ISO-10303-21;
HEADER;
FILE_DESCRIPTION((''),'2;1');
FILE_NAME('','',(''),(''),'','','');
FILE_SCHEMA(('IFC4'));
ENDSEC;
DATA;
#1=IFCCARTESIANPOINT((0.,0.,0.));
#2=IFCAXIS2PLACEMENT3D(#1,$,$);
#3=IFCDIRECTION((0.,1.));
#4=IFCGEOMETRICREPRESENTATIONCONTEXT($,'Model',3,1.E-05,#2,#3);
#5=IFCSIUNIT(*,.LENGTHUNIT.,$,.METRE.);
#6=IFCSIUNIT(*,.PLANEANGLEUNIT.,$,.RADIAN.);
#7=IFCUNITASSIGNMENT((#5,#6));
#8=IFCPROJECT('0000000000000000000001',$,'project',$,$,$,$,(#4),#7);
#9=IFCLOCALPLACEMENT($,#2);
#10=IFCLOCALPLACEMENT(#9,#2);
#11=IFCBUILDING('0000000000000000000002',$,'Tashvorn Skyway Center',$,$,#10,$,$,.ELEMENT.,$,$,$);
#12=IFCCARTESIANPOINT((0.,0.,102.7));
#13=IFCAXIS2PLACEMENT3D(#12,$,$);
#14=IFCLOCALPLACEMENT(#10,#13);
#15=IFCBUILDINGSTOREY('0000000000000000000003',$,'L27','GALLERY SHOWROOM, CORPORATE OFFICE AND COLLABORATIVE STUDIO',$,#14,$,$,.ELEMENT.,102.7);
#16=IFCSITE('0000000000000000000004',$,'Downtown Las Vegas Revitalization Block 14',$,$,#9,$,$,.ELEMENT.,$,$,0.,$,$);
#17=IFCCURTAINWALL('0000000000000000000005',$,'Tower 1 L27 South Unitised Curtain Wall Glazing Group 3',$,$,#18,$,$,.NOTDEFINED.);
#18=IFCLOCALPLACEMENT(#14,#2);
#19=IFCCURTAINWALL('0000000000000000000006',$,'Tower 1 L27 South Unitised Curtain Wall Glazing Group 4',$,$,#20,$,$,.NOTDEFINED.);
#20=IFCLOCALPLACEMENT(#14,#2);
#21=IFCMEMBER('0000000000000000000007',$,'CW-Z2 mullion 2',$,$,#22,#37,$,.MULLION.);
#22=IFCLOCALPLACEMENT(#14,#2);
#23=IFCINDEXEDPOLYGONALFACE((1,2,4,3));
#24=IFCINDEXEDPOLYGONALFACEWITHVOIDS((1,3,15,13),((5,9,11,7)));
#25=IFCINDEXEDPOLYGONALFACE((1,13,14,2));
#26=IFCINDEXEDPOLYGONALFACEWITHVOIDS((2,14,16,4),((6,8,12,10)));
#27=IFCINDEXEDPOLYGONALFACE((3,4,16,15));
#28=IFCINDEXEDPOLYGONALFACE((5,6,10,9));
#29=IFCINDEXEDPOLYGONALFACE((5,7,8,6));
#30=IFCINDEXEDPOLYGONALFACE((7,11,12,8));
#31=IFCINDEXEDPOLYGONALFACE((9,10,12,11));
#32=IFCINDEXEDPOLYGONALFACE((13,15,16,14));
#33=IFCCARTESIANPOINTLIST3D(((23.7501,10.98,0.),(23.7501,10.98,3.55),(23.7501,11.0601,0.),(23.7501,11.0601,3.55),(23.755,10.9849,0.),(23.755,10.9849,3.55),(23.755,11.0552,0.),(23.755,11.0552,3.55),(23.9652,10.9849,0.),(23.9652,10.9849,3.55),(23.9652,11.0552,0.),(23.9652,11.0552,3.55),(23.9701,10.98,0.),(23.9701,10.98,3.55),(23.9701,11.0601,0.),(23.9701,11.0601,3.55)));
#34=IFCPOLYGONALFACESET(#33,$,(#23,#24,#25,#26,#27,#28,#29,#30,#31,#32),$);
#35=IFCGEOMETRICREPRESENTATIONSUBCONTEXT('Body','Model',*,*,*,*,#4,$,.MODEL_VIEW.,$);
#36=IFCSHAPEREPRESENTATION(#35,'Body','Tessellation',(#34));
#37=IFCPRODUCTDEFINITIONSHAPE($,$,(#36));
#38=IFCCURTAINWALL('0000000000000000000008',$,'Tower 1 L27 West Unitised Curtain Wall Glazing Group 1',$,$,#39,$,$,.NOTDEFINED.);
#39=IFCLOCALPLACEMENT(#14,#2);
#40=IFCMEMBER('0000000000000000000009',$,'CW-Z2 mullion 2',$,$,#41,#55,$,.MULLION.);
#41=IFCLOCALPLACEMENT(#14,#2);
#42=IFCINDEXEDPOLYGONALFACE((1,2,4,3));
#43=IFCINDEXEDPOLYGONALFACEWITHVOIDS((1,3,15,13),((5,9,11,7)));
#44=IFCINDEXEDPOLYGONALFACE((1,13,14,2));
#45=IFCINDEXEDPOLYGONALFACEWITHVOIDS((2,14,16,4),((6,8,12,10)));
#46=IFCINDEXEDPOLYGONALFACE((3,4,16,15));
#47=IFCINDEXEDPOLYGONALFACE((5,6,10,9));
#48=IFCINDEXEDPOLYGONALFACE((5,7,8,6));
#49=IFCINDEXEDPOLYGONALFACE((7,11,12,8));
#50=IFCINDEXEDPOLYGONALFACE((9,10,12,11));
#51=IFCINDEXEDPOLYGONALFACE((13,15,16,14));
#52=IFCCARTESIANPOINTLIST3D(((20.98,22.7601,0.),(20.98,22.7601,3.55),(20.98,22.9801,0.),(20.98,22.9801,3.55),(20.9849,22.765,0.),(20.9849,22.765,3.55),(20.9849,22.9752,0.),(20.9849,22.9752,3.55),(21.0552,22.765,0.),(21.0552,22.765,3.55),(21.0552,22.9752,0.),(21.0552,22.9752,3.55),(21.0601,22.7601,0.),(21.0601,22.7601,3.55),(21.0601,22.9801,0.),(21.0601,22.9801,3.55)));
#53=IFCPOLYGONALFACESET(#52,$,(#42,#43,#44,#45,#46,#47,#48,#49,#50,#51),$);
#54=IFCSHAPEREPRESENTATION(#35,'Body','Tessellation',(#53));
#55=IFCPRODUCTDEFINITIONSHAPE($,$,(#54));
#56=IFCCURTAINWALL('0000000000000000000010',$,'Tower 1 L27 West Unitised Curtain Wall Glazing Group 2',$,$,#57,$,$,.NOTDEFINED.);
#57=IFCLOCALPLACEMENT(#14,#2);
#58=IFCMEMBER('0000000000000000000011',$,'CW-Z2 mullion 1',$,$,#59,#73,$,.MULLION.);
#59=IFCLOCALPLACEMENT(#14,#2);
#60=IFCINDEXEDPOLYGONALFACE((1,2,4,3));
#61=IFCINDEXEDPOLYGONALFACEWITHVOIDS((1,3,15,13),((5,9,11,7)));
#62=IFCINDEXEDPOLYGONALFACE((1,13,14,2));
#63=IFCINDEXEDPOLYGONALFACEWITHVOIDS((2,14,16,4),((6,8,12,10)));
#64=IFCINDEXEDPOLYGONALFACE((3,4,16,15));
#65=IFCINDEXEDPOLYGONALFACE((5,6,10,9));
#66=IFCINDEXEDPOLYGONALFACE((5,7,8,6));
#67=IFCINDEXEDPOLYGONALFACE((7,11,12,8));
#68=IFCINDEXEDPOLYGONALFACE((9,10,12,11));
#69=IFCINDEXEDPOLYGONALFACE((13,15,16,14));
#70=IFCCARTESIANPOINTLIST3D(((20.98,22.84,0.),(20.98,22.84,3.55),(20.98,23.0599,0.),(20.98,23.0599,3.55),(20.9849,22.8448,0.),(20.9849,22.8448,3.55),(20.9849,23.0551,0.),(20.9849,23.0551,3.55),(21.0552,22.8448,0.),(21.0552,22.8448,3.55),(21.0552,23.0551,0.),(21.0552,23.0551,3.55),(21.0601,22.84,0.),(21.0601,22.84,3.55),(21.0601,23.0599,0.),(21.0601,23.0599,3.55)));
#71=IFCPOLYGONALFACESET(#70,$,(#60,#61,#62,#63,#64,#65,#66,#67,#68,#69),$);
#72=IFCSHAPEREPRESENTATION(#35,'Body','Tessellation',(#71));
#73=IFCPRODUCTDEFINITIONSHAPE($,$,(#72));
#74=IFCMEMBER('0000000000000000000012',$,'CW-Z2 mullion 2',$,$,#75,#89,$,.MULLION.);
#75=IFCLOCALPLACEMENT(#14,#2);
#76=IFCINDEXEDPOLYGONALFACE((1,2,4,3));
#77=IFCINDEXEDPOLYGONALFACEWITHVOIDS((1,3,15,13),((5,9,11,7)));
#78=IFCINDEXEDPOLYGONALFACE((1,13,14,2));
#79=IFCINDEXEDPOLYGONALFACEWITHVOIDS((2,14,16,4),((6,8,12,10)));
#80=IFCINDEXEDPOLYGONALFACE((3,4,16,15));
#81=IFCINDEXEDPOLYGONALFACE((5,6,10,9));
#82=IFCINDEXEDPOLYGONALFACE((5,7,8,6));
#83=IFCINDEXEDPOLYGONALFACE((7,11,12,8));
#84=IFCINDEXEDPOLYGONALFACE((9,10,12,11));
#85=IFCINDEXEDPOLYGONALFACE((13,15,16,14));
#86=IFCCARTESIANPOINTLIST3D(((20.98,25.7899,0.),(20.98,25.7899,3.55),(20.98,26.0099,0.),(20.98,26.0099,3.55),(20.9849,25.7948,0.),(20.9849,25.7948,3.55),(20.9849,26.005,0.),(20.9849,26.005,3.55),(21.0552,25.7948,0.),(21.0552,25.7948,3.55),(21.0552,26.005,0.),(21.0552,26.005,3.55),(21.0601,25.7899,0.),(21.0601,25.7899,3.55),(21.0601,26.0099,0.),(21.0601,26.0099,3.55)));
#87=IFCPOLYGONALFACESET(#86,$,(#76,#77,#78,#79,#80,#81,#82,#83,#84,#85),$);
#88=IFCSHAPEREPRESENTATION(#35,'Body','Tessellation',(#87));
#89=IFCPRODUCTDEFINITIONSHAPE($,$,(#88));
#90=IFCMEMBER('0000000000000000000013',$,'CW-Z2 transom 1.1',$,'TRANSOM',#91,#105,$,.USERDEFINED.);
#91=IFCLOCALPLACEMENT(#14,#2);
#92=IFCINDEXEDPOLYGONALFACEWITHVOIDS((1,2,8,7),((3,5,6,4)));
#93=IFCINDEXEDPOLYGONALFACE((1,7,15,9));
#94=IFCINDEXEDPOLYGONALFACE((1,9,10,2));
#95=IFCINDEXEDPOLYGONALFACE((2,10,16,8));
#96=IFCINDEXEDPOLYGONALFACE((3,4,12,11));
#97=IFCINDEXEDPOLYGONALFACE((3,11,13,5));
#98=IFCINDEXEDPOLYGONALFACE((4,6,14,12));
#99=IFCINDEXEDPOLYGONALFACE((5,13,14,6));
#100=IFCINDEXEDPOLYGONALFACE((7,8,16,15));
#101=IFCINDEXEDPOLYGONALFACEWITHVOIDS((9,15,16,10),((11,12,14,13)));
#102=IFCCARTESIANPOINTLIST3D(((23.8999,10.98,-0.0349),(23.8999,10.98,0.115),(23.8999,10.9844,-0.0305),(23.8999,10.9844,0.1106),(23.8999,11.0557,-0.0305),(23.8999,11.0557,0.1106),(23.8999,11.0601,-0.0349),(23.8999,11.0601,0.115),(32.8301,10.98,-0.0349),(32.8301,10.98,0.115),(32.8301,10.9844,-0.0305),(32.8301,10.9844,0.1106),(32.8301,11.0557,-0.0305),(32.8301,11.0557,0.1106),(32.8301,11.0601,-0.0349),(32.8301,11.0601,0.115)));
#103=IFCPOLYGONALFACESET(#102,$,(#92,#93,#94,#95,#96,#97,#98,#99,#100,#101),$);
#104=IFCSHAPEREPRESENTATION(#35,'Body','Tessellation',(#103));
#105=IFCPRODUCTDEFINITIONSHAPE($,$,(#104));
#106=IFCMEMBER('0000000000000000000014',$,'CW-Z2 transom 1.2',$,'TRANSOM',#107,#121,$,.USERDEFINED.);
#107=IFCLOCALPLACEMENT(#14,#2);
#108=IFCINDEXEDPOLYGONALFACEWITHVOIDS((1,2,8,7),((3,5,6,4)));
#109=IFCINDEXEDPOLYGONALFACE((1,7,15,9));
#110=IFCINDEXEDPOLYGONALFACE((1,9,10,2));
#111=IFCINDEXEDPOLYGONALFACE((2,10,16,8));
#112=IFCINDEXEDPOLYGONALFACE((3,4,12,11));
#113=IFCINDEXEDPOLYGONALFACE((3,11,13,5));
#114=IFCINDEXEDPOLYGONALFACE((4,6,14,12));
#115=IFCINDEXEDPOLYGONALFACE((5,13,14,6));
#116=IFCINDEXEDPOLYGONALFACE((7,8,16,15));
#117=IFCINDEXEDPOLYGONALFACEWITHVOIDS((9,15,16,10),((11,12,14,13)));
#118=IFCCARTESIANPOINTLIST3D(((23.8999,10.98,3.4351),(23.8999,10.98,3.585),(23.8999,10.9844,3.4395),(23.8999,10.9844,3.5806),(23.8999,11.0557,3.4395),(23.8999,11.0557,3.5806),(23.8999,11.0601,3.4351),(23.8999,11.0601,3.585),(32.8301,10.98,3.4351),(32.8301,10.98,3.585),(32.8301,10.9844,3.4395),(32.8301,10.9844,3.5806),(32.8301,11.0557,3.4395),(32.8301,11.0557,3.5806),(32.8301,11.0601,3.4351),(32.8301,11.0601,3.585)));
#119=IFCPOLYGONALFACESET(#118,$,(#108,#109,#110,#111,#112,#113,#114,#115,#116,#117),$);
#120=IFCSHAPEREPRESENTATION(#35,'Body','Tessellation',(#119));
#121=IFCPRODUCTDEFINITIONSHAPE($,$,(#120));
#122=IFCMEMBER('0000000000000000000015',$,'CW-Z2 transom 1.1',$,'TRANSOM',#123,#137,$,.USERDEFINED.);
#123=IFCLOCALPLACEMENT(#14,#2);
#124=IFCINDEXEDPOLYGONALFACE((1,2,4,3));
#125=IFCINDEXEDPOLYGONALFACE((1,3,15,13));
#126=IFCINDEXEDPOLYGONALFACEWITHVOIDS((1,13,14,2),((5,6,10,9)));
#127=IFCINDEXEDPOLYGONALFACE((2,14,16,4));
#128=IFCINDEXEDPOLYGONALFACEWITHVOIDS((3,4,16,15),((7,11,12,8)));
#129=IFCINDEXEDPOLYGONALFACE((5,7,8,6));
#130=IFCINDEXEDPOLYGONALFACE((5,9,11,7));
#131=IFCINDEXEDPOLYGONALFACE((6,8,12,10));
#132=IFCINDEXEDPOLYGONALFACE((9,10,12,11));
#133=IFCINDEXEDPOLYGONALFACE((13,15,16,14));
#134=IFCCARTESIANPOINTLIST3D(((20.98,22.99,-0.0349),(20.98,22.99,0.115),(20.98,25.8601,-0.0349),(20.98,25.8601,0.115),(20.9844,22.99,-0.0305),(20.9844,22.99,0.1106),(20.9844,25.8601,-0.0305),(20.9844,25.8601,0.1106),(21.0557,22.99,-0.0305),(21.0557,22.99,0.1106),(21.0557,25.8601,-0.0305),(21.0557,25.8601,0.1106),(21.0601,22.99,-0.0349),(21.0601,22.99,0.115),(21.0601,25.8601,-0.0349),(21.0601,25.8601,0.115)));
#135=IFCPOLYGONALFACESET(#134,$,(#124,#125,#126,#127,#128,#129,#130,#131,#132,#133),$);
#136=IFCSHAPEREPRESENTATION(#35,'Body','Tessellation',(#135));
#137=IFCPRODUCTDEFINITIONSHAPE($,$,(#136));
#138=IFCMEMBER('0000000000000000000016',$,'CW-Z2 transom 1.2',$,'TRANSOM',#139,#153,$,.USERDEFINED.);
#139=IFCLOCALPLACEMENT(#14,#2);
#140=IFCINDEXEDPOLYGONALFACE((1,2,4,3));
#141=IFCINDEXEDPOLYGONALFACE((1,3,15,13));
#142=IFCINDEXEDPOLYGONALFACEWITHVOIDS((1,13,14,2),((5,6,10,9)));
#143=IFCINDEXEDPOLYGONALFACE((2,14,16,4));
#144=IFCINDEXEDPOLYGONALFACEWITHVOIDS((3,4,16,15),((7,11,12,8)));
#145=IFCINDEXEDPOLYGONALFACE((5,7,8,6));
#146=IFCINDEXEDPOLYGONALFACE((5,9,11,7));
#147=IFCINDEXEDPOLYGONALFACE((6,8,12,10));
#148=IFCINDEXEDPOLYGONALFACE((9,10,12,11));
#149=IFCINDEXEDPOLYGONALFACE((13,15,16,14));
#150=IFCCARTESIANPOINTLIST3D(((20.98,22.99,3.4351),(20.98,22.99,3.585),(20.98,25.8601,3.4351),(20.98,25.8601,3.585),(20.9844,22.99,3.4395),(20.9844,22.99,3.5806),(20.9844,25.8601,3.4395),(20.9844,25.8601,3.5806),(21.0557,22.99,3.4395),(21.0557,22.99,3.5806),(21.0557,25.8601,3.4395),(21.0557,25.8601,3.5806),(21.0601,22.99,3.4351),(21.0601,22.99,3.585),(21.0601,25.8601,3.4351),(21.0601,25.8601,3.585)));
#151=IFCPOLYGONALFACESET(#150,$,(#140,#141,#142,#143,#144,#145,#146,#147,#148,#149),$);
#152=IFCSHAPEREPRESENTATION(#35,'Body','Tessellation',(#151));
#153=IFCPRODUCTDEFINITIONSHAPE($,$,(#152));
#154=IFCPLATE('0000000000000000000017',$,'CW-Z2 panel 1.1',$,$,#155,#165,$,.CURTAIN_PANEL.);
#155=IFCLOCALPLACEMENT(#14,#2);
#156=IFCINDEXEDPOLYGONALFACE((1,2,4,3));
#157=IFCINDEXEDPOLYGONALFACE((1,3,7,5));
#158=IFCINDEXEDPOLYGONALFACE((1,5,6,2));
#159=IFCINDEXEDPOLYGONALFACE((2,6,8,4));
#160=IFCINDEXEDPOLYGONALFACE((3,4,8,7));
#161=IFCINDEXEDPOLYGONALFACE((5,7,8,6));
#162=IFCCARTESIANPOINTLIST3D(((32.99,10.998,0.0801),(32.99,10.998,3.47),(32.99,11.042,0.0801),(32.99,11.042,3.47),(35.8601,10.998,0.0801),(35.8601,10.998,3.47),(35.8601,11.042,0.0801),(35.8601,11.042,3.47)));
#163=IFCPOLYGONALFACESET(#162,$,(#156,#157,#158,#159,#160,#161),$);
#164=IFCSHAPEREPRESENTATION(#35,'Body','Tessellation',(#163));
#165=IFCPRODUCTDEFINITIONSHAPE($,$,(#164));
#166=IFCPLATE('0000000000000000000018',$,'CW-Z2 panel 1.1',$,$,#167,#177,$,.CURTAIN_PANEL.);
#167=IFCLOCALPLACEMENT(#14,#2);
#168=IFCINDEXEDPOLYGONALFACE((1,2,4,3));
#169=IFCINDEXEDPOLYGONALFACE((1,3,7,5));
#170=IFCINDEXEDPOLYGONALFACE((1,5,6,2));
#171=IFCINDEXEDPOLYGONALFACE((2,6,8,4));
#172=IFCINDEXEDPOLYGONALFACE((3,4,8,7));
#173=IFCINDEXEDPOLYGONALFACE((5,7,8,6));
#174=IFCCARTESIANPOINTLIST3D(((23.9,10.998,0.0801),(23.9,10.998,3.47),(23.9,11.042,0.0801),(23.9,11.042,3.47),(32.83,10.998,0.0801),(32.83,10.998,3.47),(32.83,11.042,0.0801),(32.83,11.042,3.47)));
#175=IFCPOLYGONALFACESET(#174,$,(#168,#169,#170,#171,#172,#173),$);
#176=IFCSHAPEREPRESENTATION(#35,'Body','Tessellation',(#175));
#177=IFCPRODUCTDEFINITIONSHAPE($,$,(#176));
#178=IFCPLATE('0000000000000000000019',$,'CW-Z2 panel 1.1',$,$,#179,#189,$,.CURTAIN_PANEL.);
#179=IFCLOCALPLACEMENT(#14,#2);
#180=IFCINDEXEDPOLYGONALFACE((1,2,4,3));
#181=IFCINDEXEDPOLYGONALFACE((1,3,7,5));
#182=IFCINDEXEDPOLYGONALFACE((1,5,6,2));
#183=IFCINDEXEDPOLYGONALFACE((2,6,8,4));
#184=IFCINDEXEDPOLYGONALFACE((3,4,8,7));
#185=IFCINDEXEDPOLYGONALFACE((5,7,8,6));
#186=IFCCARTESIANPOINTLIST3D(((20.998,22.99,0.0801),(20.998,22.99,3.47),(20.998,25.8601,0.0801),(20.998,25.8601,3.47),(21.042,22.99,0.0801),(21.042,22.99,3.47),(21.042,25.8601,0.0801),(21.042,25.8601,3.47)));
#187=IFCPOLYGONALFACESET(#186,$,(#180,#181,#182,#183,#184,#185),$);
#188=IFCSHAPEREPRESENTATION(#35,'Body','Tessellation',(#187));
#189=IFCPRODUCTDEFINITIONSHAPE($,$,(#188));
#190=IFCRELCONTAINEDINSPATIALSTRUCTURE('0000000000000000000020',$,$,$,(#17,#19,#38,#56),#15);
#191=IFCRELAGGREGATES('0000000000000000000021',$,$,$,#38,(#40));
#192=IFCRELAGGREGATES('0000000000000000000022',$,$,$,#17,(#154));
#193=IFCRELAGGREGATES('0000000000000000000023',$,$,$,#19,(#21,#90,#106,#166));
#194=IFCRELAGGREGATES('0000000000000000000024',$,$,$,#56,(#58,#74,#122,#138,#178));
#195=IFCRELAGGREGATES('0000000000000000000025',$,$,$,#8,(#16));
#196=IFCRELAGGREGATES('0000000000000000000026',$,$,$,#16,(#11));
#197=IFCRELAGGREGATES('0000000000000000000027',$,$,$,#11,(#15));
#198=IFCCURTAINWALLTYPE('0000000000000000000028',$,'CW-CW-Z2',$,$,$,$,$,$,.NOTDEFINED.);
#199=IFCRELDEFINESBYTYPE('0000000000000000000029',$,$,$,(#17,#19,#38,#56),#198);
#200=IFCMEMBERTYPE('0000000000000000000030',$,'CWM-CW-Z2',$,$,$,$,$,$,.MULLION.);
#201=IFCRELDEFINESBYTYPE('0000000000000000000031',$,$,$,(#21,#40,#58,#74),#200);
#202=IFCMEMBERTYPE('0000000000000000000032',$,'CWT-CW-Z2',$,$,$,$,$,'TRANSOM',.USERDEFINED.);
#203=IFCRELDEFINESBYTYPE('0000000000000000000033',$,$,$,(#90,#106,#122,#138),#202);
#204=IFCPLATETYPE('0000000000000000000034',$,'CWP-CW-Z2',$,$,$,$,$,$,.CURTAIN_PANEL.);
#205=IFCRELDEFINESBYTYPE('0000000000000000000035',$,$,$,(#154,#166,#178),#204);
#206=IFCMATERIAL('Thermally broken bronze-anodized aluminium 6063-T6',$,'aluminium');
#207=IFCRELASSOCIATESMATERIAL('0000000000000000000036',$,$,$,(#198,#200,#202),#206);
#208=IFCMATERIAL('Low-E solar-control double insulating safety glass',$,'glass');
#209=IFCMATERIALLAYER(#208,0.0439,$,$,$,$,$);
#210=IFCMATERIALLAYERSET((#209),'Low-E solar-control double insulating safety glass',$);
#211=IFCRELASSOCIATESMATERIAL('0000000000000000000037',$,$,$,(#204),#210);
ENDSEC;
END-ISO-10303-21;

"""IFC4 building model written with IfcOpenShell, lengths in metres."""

from ifc_helpers import new_model, si_unit, direction, frame, origin, origin_2d, place, context, subcontext, project, spatial, rectangle, hollow_rectangle, extrude, material, layer, layer_set, material_profile, profile_set, type_object, element, aggregate, save


model = new_model("IFC4")

# Units and contexts
model_context = context("Model", 3, precision=1e-05, world=origin(), true_north=direction((0.0, 1.0)))
body_context = subcontext(model_context, "Body", "Model", "MODEL_VIEW")
ifc_project = project(units=[si_unit("LENGTHUNIT", "METRE"), si_unit("PLANEANGLEUNIT", "RADIAN")], contexts=[model_context])

# Site, building, storey
site_placement = place(None, origin())
site = spatial("IfcSite", under=ifc_project, at=site_placement, Name="Downtown Las Vegas Revitalization Block 14", CompositionType="ELEMENT", RefElevation=0.0)
building_placement = place(site_placement, origin())
building = spatial("IfcBuilding", under=site, at=building_placement, Name="Tashvorn Skyway Center", CompositionType="ELEMENT")
storey_placement = place(building_placement, frame((0.0, 0.0, 102.7)))
storey = spatial("IfcBuildingStorey", under=building, at=storey_placement, Name="L27", Description="GALLERY SHOWROOM, CORPORATE OFFICE AND COLLABORATIVE STUDIO", CompositionType="ELEMENT", Elevation=102.7)

# Curtain wall
ifc_material_1 = material(Name="Thermally broken bronze-anodized aluminium 6063-T6", Category="aluminium")
curtain_wall_type = type_object("IfcCurtainWallType", Name="CW-CW-Z2", PredefinedType="NOTDEFINED", material=ifc_material_1)
curtain_wall_1_placement = place(storey_placement, origin())
curtain_wall_1 = element("IfcCurtainWall", 1, at=curtain_wall_1_placement, inside=storey, type_object=curtain_wall_type, Name="Tower 1 L27 South Unitised Curtain Wall Glazing Group 3", PredefinedType="NOTDEFINED")
ifc_material_profile_1 = material_profile(ifc_material_1, hollow_rectangle(XDim=0.0801, YDim=0.22, WallThickness=0.0049, at=origin_2d()), Name="ALU-MULL-80x220")
ifc_profile_set_1 = profile_set([ifc_material_profile_1], Name="Thermally broken bronze-anodized aluminium 6063-T6")
member_type_1 = type_object("IfcMemberType", Name="CWM-CW-Z2", PredefinedType="MULLION", material=ifc_profile_set_1)

# Curtain wall, member
curtain_wall_2_placement = place(storey_placement, origin())
curtain_wall_2 = element("IfcCurtainWall", 2, at=curtain_wall_2_placement, inside=storey, type_object=curtain_wall_type, Name="Tower 1 L27 South Unitised Curtain Wall Glazing Group 4", PredefinedType="NOTDEFINED")
member_1_placement = place(storey_placement, frame((23.8601, 11.02, 0.0), z_axis=(0.0, 0.0, 1.0), x_axis=(0.0, -1.0, 0.0)))
member_1 = element("IfcMember", 3, at=member_1_placement, type_object=member_type_1, Name="CW-Z2 mullion 2", PredefinedType="MULLION", context=body_context, shape_type="SweptSolid", body=[
    extrude(hollow_rectangle(XDim=0.0801, YDim=0.22, WallThickness=0.0049, at=origin_2d()), origin(), (0.0, 0.0, 1.0), 3.55),
])

# Curtain wall, member
curtain_wall_3_placement = place(storey_placement, origin())
curtain_wall_3 = element("IfcCurtainWall", 4, at=curtain_wall_3_placement, inside=storey, type_object=curtain_wall_type, Name="Tower 1 L27 West Unitised Curtain Wall Glazing Group 1", PredefinedType="NOTDEFINED")
member_2_placement = place(storey_placement, frame((21.02, 22.8701, 0.0), z_axis=(0.0, 0.0, 1.0), x_axis=(-1.0, 0.0, 0.0)))
member_2 = element("IfcMember", 5, at=member_2_placement, type_object=member_type_1, Name="CW-Z2 mullion 2", PredefinedType="MULLION", context=body_context, shape_type="SweptSolid", body=[
    extrude(hollow_rectangle(XDim=0.0801, YDim=0.22, WallThickness=0.0049, at=origin_2d()), origin(), (0.0, 0.0, 1.0), 3.55),
])
aggregate(curtain_wall_3, [member_2])

# Curtain wall, members
curtain_wall_4_placement = place(storey_placement, origin())
curtain_wall_4 = element("IfcCurtainWall", 6, at=curtain_wall_4_placement, inside=storey, type_object=curtain_wall_type, Name="Tower 1 L27 West Unitised Curtain Wall Glazing Group 2", PredefinedType="NOTDEFINED")
member_3_placement = place(storey_placement, frame((21.02, 22.95, 0.0), z_axis=(0.0, 0.0, 1.0), x_axis=(-1.0, 0.0, 0.0)))
member_3 = element("IfcMember", 7, at=member_3_placement, type_object=member_type_1, Name="CW-Z2 mullion 1", PredefinedType="MULLION", context=body_context, shape_type="SweptSolid", body=[
    extrude(hollow_rectangle(XDim=0.0801, YDim=0.22, WallThickness=0.0049, at=origin_2d()), origin(), (0.0, 0.0, 1.0), 3.55),
])
member_4_placement = place(storey_placement, frame((21.02, 25.8999, 0.0), z_axis=(0.0, 0.0, 1.0), x_axis=(-1.0, 0.0, 0.0)))
member_4 = element("IfcMember", 8, at=member_4_placement, type_object=member_type_1, Name="CW-Z2 mullion 2", PredefinedType="MULLION", context=body_context, shape_type="SweptSolid", body=[
    extrude(hollow_rectangle(XDim=0.0801, YDim=0.22, WallThickness=0.0049, at=origin_2d()), origin(), (0.0, 0.0, 1.0), 3.55),
])

# Members
ifc_material_profile_2 = material_profile(ifc_material_1, hollow_rectangle(XDim=0.0801, YDim=0.1499, WallThickness=0.0044, at=origin_2d()), Name="ALU-TRAN-80x150")
ifc_profile_set_2 = profile_set([ifc_material_profile_2], Name="Thermally broken bronze-anodized aluminium 6063-T6")
member_type_2 = type_object("IfcMemberType", Name="CWT-CW-Z2", ElementType="TRANSOM", PredefinedType="USERDEFINED", material=ifc_profile_set_2)
member_5_placement = place(storey_placement, frame((32.8301, 11.02, 0.04), z_axis=(-1.0, 0.0, 0.0), x_axis=(0.0, -1.0, 0.0)))
member_5 = element("IfcMember", 9, at=member_5_placement, type_object=member_type_2, Name="CW-Z2 transom 1.1", ObjectType="TRANSOM", PredefinedType="USERDEFINED", context=body_context, shape_type="SweptSolid", body=[
    extrude(hollow_rectangle(XDim=0.0801, YDim=0.1499, WallThickness=0.0044, at=origin_2d()), origin(), (0.0, 0.0, 1.0), 8.9302),
])
member_6_placement = place(storey_placement, frame((32.8301, 11.02, 3.51), z_axis=(-1.0, 0.0, 0.0), x_axis=(0.0, -1.0, 0.0)))
member_6 = element("IfcMember", 10, at=member_6_placement, type_object=member_type_2, Name="CW-Z2 transom 1.2", ObjectType="TRANSOM", PredefinedType="USERDEFINED", context=body_context, shape_type="SweptSolid", body=[
    extrude(hollow_rectangle(XDim=0.0801, YDim=0.1499, WallThickness=0.0044, at=origin_2d()), origin(), (0.0, 0.0, 1.0), 8.9302),
])
member_7_placement = place(storey_placement, frame((21.02, 22.99, 0.04), z_axis=(0.0, 1.0, 0.0), x_axis=(-1.0, 0.0, 0.0)))
member_7 = element("IfcMember", 11, at=member_7_placement, type_object=member_type_2, Name="CW-Z2 transom 1.1", ObjectType="TRANSOM", PredefinedType="USERDEFINED", context=body_context, shape_type="SweptSolid", body=[
    extrude(hollow_rectangle(XDim=0.0801, YDim=0.1499, WallThickness=0.0044, at=origin_2d()), origin(), (0.0, 0.0, 1.0), 2.8701),
])
member_8_placement = place(storey_placement, frame((21.02, 22.99, 3.51), z_axis=(0.0, 1.0, 0.0), x_axis=(-1.0, 0.0, 0.0)))
member_8 = element("IfcMember", 12, at=member_8_placement, type_object=member_type_2, Name="CW-Z2 transom 1.2", ObjectType="TRANSOM", PredefinedType="USERDEFINED", context=body_context, shape_type="SweptSolid", body=[
    extrude(hollow_rectangle(XDim=0.0801, YDim=0.1499, WallThickness=0.0044, at=origin_2d()), origin(), (0.0, 0.0, 1.0), 2.8701),
])

# Plates
ifc_material_2 = material(Name="Low-E solar-control double insulating safety glass", Category="glass")
ifc_layer_1 = layer(ifc_material_2, 0.0439)
ifc_layer_set_1 = layer_set([ifc_layer_1], Name="Low-E solar-control double insulating safety glass")
plate_type = type_object("IfcPlateType", Name="CWP-CW-Z2", PredefinedType="CURTAIN_PANEL", material=ifc_layer_set_1)
plate_1_placement = place(storey_placement, frame((34.425, 11.02, 0.0801), z_axis=(0.0, 0.0, 1.0), x_axis=(-1.0, 0.0, 0.0)))
plate_1 = element("IfcPlate", 13, at=plate_1_placement, type_object=plate_type, Name="CW-Z2 panel 1.1", PredefinedType="CURTAIN_PANEL", context=body_context, shape_type="SweptSolid", body=[
    extrude(rectangle(XDim=2.8701, YDim=0.0439, at=origin_2d()), origin(), (0.0, 0.0, 1.0), 3.3899),
])
aggregate(curtain_wall_1, [plate_1])
plate_2_placement = place(storey_placement, frame((28.365, 11.02, 0.0801), z_axis=(0.0, 0.0, 1.0), x_axis=(-1.0, 0.0, 0.0)))
plate_2 = element("IfcPlate", 14, at=plate_2_placement, type_object=plate_type, Name="CW-Z2 panel 1.1", PredefinedType="CURTAIN_PANEL", context=body_context, shape_type="SweptSolid", body=[
    extrude(rectangle(XDim=8.9299, YDim=0.0439, at=origin_2d()), origin(), (0.0, 0.0, 1.0), 3.3899),
])
aggregate(curtain_wall_2, [member_1, member_5, member_6, plate_2])
plate_3_placement = place(storey_placement, frame((21.02, 24.425, 0.0801), z_axis=(0.0, 0.0, 1.0), x_axis=(0.0, 1.0, 0.0)))
plate_3 = element("IfcPlate", 15, at=plate_3_placement, type_object=plate_type, Name="CW-Z2 panel 1.1", PredefinedType="CURTAIN_PANEL", context=body_context, shape_type="SweptSolid", body=[
    extrude(rectangle(XDim=2.8701, YDim=0.0439, at=origin_2d()), origin(), (0.0, 0.0, 1.0), 3.3899),
])
aggregate(curtain_wall_4, [member_3, member_4, member_7, member_8, plate_3])

save(model, "model.ifc")
